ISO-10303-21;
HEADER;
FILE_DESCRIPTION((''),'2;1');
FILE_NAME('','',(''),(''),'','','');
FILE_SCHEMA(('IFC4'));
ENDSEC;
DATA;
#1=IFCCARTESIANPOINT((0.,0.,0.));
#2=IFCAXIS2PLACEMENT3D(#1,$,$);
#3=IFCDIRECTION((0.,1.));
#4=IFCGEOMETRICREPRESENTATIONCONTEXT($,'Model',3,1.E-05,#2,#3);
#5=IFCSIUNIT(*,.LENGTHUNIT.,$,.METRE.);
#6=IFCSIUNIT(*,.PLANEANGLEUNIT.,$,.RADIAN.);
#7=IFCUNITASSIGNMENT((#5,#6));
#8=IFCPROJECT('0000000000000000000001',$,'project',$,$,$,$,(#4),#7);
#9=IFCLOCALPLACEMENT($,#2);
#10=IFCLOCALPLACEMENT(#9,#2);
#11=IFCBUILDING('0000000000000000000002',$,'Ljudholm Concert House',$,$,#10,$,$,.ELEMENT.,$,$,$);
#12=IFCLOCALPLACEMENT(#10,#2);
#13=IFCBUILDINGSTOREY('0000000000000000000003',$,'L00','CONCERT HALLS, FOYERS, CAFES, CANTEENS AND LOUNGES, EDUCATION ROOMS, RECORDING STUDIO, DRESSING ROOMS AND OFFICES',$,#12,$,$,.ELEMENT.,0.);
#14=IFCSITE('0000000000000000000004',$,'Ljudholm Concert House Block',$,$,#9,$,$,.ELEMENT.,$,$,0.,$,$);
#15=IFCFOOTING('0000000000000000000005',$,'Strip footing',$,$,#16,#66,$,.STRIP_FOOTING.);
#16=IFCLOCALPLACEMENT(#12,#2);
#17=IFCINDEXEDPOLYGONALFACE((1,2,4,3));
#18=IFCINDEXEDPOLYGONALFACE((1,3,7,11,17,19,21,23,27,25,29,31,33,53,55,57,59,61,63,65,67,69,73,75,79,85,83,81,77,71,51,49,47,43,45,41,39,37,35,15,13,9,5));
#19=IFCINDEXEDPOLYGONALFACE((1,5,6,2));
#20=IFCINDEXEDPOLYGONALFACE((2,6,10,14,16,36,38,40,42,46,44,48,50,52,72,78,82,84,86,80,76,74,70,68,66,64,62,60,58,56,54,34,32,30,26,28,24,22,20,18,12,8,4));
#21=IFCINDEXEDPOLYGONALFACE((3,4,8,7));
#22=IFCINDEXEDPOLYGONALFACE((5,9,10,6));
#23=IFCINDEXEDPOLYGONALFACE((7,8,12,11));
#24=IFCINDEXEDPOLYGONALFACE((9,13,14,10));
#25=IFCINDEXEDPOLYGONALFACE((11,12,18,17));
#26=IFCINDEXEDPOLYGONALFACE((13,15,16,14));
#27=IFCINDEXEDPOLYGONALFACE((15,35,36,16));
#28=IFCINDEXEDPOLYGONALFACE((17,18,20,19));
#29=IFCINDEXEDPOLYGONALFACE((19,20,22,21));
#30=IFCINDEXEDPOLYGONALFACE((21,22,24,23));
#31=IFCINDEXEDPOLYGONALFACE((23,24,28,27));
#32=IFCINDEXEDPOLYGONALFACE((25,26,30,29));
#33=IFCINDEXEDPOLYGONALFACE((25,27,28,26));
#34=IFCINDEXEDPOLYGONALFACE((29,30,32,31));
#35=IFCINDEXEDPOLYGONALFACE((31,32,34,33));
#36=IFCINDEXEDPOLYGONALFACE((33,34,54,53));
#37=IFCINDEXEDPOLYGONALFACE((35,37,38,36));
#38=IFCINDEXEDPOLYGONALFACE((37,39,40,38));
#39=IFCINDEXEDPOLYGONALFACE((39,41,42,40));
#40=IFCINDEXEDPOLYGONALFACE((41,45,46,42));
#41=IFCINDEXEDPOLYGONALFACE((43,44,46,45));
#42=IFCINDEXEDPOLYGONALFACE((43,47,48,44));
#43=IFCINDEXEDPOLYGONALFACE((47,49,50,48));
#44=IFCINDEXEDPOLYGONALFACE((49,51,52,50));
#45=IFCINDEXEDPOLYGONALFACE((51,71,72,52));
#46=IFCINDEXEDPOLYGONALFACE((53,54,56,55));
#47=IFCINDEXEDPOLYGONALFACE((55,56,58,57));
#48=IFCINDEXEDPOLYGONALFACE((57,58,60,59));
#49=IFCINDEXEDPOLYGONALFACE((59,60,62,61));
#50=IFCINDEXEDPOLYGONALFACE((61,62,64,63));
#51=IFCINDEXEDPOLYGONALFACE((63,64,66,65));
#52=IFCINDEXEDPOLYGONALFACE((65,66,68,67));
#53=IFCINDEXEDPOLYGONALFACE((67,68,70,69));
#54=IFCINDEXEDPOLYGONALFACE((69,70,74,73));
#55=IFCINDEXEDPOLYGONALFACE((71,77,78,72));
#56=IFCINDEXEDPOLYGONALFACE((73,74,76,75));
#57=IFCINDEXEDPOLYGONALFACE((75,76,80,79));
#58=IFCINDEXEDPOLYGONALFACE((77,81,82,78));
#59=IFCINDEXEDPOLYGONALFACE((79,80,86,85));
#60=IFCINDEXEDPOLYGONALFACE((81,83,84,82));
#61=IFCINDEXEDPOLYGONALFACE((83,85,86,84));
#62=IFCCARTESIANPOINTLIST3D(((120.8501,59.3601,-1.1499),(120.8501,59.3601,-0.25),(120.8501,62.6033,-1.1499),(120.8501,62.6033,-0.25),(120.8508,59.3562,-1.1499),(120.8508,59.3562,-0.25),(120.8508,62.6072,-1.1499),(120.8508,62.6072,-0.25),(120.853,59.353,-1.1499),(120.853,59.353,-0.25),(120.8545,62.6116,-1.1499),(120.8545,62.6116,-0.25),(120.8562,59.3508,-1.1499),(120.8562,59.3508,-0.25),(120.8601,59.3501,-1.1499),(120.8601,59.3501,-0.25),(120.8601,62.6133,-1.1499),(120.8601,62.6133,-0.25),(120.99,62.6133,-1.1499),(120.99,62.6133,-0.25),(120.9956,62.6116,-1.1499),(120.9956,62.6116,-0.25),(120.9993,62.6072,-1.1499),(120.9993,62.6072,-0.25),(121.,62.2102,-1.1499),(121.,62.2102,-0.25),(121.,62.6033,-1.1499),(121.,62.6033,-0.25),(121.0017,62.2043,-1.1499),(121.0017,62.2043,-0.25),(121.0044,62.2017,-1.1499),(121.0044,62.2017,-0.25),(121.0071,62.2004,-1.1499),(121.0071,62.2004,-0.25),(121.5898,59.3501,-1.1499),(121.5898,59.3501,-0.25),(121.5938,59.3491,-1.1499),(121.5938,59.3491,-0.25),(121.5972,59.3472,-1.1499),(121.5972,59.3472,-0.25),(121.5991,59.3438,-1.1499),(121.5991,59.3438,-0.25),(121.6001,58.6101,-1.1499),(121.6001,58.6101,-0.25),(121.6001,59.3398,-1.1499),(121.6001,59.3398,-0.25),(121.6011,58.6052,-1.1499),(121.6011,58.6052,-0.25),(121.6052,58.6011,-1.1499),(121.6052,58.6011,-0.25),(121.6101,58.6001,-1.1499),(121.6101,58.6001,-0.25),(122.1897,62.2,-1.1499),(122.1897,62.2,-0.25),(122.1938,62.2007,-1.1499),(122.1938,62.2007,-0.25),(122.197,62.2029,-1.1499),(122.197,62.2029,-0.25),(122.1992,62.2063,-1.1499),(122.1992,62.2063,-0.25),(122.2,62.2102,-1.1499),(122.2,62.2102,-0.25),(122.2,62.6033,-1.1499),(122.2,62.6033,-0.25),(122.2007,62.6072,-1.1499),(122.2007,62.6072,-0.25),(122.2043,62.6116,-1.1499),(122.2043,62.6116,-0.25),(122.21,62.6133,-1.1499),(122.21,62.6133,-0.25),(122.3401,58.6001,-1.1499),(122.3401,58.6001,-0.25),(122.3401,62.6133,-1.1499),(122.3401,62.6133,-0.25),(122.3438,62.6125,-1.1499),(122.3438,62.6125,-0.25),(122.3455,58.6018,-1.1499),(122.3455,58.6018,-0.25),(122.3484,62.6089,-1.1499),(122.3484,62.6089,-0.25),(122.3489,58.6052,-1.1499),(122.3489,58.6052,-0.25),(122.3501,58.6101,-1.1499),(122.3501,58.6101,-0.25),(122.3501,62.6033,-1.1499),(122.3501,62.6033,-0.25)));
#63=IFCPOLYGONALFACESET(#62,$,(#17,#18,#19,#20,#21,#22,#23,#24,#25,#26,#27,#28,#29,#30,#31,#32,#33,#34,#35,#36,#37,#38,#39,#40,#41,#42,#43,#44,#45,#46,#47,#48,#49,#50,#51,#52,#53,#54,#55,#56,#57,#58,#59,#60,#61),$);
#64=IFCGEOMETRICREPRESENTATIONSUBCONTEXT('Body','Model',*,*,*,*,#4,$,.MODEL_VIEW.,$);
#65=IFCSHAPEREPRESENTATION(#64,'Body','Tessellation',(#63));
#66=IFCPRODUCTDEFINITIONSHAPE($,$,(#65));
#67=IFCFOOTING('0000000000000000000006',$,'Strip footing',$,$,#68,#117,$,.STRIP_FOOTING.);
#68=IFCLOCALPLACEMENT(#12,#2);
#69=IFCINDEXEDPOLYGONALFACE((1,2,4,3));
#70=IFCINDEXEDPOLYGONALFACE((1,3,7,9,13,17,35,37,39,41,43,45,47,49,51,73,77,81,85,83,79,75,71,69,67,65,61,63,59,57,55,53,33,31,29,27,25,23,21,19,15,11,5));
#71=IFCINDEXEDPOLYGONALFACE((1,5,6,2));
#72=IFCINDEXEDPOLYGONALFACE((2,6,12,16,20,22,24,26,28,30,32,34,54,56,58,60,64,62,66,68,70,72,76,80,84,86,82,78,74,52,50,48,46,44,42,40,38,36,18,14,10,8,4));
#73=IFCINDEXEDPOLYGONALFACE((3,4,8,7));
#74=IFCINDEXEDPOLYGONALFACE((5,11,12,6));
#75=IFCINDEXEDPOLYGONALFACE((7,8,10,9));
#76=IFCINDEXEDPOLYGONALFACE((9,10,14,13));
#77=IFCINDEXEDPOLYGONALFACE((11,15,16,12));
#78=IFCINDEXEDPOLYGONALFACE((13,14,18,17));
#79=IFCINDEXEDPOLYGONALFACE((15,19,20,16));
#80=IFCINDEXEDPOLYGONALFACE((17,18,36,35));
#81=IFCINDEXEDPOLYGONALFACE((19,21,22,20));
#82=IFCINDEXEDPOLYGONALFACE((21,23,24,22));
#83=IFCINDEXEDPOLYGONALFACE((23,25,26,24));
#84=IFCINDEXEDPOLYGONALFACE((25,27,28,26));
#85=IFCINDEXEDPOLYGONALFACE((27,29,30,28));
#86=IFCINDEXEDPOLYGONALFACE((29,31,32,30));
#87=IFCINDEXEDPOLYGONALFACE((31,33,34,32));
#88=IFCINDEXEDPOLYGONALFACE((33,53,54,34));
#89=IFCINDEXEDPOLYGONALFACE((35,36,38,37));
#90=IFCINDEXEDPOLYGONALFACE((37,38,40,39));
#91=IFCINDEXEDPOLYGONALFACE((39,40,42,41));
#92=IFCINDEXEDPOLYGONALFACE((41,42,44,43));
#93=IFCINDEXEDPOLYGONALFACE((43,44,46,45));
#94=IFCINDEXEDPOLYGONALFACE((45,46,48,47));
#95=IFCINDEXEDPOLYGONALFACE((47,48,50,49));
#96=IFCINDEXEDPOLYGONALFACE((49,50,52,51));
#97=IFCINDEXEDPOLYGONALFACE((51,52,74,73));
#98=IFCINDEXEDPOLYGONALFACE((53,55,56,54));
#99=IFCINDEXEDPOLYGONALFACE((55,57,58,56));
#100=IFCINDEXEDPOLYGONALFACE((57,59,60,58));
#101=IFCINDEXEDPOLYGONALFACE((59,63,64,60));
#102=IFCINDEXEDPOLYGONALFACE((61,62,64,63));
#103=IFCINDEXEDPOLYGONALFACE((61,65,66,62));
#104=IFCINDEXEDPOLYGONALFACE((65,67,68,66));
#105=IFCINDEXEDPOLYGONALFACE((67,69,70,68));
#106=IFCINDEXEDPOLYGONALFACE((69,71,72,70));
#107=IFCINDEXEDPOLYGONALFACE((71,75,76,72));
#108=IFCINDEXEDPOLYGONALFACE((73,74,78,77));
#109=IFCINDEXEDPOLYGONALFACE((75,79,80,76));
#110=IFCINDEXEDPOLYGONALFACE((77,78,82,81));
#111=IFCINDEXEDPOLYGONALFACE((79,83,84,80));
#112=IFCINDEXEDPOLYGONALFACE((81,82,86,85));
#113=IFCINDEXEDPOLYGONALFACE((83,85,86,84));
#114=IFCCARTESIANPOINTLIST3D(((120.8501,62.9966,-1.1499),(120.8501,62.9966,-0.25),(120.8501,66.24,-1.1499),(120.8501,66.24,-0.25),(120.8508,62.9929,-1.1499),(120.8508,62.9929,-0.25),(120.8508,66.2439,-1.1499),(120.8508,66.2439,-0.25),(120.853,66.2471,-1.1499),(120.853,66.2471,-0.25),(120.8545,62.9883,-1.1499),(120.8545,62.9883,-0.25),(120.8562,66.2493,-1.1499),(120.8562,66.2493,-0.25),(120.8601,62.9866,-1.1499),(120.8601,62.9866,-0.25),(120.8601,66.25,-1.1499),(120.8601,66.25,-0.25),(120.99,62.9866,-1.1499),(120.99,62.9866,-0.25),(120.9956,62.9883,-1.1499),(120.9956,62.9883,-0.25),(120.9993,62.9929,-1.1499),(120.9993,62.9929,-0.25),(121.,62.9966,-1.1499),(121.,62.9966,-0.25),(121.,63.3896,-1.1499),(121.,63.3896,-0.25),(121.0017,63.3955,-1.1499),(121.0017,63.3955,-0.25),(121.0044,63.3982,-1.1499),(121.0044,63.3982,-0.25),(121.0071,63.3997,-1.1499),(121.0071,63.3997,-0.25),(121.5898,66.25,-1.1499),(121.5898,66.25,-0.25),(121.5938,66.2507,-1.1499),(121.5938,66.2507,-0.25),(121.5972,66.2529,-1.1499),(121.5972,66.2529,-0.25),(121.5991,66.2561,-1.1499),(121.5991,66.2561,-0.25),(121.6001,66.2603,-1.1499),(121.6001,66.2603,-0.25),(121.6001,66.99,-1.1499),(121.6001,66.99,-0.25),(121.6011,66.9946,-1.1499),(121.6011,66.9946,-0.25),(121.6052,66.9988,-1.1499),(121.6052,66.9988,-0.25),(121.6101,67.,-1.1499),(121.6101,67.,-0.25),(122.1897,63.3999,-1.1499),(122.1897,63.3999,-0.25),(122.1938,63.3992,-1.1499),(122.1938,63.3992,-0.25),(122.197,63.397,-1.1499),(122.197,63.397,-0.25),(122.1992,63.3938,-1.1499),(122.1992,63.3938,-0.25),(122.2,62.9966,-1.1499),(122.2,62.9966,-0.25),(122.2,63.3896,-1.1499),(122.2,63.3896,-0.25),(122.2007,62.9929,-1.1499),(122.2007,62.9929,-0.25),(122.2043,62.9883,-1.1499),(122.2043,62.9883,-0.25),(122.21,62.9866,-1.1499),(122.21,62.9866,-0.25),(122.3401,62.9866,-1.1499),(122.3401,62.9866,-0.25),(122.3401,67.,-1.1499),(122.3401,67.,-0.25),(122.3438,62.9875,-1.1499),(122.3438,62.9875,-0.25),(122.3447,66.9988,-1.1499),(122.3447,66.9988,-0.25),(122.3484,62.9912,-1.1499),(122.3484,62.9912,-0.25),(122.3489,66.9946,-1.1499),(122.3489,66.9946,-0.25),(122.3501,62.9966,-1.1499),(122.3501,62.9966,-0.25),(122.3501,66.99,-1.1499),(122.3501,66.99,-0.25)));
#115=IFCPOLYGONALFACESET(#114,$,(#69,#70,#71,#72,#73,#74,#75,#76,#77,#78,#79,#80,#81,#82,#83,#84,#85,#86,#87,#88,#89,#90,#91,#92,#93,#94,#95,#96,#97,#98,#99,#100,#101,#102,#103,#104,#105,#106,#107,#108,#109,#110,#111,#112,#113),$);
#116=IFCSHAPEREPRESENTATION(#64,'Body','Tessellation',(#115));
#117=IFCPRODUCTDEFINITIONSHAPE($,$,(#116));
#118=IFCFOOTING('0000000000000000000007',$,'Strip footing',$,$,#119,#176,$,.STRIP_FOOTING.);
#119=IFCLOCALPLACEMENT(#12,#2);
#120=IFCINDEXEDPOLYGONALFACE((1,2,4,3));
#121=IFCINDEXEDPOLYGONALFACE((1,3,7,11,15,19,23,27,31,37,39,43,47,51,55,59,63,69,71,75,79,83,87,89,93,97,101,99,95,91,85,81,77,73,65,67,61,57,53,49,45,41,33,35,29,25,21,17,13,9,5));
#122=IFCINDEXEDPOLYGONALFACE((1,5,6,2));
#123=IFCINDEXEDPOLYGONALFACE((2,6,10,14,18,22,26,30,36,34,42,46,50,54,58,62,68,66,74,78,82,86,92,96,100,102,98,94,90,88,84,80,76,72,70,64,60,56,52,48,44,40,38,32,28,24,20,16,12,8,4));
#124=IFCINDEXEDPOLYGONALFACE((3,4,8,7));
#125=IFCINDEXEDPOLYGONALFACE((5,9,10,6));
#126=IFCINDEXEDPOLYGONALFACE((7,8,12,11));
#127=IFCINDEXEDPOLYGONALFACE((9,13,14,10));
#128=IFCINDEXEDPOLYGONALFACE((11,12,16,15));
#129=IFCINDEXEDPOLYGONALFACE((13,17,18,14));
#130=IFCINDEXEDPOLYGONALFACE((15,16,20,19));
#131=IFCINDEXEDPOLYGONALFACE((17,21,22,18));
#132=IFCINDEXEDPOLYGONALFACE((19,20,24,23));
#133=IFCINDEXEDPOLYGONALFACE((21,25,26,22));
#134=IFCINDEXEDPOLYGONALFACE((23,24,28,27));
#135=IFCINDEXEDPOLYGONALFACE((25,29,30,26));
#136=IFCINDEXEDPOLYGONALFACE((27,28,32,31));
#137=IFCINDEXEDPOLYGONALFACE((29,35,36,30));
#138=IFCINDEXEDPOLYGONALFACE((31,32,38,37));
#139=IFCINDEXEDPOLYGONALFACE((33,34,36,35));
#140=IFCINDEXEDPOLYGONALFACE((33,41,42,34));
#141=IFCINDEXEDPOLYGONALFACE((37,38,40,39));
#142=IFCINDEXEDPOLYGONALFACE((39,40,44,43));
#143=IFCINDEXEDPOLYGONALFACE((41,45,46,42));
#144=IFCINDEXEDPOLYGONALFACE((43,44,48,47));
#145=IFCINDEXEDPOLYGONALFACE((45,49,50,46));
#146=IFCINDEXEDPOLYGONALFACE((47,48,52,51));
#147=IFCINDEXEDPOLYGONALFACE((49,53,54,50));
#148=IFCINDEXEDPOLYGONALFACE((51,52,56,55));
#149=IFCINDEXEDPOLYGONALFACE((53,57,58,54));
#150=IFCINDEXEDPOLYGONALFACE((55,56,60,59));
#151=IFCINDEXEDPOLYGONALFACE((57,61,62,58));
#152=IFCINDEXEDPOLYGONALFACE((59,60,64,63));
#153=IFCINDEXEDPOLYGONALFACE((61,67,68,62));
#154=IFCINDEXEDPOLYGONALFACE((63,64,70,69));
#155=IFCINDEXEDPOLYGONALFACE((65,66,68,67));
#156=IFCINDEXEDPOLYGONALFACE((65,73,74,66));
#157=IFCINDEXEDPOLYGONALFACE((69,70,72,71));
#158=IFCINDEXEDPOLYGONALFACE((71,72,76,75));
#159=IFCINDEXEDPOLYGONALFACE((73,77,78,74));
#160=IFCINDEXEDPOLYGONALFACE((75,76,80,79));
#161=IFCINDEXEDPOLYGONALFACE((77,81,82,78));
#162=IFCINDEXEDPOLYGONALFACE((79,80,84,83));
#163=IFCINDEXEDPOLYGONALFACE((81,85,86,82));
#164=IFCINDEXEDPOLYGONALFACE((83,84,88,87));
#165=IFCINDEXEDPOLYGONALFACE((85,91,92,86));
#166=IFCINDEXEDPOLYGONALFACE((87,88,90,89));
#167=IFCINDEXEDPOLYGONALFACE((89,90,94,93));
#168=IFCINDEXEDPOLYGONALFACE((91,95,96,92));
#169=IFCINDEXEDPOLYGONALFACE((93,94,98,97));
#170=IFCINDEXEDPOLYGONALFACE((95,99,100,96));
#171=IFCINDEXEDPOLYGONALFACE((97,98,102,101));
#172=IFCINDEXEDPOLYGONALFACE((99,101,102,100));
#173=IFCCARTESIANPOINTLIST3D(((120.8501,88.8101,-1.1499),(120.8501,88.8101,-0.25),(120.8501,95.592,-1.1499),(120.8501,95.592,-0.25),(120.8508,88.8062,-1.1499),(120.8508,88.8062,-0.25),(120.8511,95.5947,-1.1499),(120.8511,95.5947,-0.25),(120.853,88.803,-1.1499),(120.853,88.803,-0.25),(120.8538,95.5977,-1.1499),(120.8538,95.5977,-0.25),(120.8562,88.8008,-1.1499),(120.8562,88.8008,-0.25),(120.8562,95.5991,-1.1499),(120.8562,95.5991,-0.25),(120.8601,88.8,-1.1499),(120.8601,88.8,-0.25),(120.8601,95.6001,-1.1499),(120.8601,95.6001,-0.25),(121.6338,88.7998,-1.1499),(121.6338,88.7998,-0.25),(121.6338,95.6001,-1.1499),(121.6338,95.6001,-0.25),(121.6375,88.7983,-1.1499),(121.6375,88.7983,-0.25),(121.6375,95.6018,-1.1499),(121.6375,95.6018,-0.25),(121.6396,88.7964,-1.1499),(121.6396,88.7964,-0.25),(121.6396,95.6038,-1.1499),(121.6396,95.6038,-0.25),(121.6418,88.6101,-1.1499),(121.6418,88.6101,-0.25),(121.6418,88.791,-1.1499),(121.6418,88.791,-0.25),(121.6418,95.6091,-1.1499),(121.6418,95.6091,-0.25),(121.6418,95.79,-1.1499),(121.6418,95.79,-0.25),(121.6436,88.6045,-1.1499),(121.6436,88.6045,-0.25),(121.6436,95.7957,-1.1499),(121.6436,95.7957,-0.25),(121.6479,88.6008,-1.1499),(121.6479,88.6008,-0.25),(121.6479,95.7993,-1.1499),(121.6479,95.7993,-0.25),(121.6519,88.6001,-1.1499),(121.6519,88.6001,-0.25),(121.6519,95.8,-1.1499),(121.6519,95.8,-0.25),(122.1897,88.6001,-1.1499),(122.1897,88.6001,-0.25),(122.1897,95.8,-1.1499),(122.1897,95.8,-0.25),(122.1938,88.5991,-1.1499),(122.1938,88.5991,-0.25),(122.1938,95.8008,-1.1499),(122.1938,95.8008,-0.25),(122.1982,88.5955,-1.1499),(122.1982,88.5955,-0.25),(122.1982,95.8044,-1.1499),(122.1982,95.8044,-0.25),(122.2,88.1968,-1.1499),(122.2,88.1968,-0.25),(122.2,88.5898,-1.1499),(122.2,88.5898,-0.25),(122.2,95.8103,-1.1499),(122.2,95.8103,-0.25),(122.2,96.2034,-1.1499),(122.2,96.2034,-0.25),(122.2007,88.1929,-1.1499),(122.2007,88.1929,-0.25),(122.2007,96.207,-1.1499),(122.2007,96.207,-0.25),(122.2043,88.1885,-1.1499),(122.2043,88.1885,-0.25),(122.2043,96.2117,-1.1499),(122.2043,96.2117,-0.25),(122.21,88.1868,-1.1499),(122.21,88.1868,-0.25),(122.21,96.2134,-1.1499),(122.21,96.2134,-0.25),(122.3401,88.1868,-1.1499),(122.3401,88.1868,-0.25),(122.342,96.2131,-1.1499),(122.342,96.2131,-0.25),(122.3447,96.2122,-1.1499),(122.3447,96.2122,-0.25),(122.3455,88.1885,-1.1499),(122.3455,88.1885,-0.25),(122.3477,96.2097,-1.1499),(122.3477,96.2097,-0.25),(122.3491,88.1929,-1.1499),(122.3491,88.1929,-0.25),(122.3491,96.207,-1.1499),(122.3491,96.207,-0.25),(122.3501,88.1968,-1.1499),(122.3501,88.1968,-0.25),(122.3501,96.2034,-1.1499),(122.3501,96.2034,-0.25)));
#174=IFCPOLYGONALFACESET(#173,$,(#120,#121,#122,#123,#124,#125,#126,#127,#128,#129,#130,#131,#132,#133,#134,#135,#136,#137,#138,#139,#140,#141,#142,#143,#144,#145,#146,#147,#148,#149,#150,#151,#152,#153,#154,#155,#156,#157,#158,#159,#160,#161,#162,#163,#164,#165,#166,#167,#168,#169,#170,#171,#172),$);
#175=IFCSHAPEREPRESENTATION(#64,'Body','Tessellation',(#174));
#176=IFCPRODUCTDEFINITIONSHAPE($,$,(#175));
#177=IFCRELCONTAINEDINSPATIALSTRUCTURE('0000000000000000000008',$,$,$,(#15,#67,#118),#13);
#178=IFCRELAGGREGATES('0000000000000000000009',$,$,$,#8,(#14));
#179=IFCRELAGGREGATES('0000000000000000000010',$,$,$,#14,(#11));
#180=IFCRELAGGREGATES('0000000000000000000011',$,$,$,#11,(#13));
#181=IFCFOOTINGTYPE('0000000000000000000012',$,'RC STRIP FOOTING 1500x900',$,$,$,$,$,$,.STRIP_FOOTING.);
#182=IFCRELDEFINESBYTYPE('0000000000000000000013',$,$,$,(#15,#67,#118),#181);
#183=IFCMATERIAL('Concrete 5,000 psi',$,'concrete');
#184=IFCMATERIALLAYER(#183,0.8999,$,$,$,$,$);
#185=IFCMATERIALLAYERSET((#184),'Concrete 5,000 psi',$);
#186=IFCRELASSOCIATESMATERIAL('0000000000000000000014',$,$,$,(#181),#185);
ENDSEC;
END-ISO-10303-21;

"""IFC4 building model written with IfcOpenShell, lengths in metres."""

from ifc_helpers import new_model, si_unit, direction, frame, origin, place, context, subcontext, project, spatial, polyline, outline, extrude, material, layer, layer_set, type_object, element, save


model = new_model("IFC4")

# Units and contexts
model_context = context("Model", 3, precision=1e-05, world=origin(), true_north=direction((0.0, 1.0)))
body_context = subcontext(model_context, "Body", "Model", "MODEL_VIEW")
ifc_project = project(units=[si_unit("LENGTHUNIT", "METRE"), si_unit("PLANEANGLEUNIT", "RADIAN")], contexts=[model_context])

# Site, building, storey
site_placement = place(None, origin())
site = spatial("IfcSite", under=ifc_project, at=site_placement, Name="Ljudholm Concert House Block", CompositionType="ELEMENT", RefElevation=0.0)
building_placement = place(site_placement, origin())
building = spatial("IfcBuilding", under=site, at=building_placement, Name="Ljudholm Concert House", CompositionType="ELEMENT")
storey_placement = place(building_placement, origin())
storey = spatial("IfcBuildingStorey", under=building, at=storey_placement, Name="L00", Description="CONCERT HALLS, FOYERS, CAFES, CANTEENS AND LOUNGES, EDUCATION ROOMS, RECORDING STUDIO, DRESSING ROOMS AND OFFICES", CompositionType="ELEMENT", Elevation=0.0)

# Footings
ifc_material_1 = material(Name="Concrete 5,000 psi", Category="concrete")
ifc_layer_1 = layer(ifc_material_1, 0.8999)
ifc_layer_set_1 = layer_set([ifc_layer_1], Name="Concrete 5,000 psi")
footing_type_1 = type_object("IfcFootingType", Name="RC STRIP FOOTING 1500x900", PredefinedType="STRIP_FOOTING", material=ifc_layer_set_1)
footing_1_placement = place(storey_placement, frame((0.0, 0.0, -1.1499)))
element("IfcFooting", 1, at=footing_1_placement, inside=storey, type_object=footing_type_1, Name="Strip footing", PredefinedType="STRIP_FOOTING", context=body_context, shape_type="SweptSolid", body=[
    extrude(outline(polyline([(120.8601, 59.3501), (121.5898, 59.3501), (121.5938, 59.3491), (121.5972, 59.3472), (121.5991, 59.3438), (121.6001, 59.3398), (121.6001, 58.6101), (121.6011, 58.6052), (121.6052, 58.6011), (121.6101, 58.6001), (122.3401, 58.6001), (122.3455, 58.6018), (122.3489, 58.6052), (122.3501, 58.6101), (122.3501, 62.6033), (122.3484, 62.6089), (122.3438, 62.6125), (122.3401, 62.6133), (122.21, 62.6133), (122.2043, 62.6116), (122.2007, 62.6072), (122.2, 62.6033), (122.2, 62.2102), (122.1992, 62.2063), (122.197, 62.2029), (122.1938, 62.2007), (122.1897, 62.2), (121.0071, 62.2004), (121.0044, 62.2017), (121.0017, 62.2043), (121.0, 62.2102), (121.0, 62.6033), (120.9993, 62.6072), (120.9956, 62.6116), (120.99, 62.6133), (120.8601, 62.6133), (120.8545, 62.6116), (120.8508, 62.6072), (120.8501, 62.6033), (120.8501, 59.3601), (120.8508, 59.3562), (120.853, 59.353), (120.8562, 59.3508), (120.8601, 59.3501)])), origin(), (0.0, 0.0, 1.0), 0.8999),
])
footing_2_placement = place(storey_placement, frame((0.0, 0.0, -1.1499)))
element("IfcFooting", 2, at=footing_2_placement, inside=storey, type_object=footing_type_1, Name="Strip footing", PredefinedType="STRIP_FOOTING", context=body_context, shape_type="SweptSolid", body=[
    extrude(outline(polyline([(120.8501, 66.24), (120.8501, 62.9966), (120.8508, 62.9929), (120.8545, 62.9883), (120.8601, 62.9866), (120.99, 62.9866), (120.9956, 62.9883), (120.9993, 62.9929), (121.0, 62.9966), (121.0, 63.3896), (121.0017, 63.3955), (121.0044, 63.3982), (121.0071, 63.3997), (122.1897, 63.3999), (122.1938, 63.3992), (122.197, 63.397), (122.1992, 63.3938), (122.2, 63.3896), (122.2, 62.9966), (122.2007, 62.9929), (122.2043, 62.9883), (122.21, 62.9866), (122.3401, 62.9866), (122.3438, 62.9875), (122.3484, 62.9912), (122.3501, 62.9966), (122.3501, 66.99), (122.3489, 66.9946), (122.3447, 66.9988), (122.3401, 67.0), (121.6101, 67.0), (121.6052, 66.9988), (121.6011, 66.9946), (121.6001, 66.99), (121.6001, 66.2603), (121.5991, 66.2561), (121.5972, 66.2529), (121.5938, 66.2507), (121.5898, 66.25), (120.8601, 66.25), (120.8562, 66.2493), (120.853, 66.2471), (120.8508, 66.2439), (120.8501, 66.24)])), origin(), (0.0, 0.0, 1.0), 0.8999),
])
footing_3_placement = place(storey_placement, frame((0.0, 0.0, -1.1499)))
element("IfcFooting", 3, at=footing_3_placement, inside=storey, type_object=footing_type_1, Name="Strip footing", PredefinedType="STRIP_FOOTING", context=body_context, shape_type="SweptSolid", body=[
    extrude(outline(polyline([(120.8601, 88.8), (121.6338, 88.7998), (121.6375, 88.7983), (121.6396, 88.7964), (121.6418, 88.791), (121.6418, 88.6101), (121.6436, 88.6045), (121.6479, 88.6008), (121.6519, 88.6001), (122.1897, 88.6001), (122.1938, 88.5991), (122.1982, 88.5955), (122.2, 88.5898), (122.2, 88.1968), (122.2007, 88.1929), (122.2043, 88.1885), (122.21, 88.1868), (122.3401, 88.1868), (122.3455, 88.1885), (122.3491, 88.1929), (122.3501, 88.1968), (122.3501, 96.2034), (122.3491, 96.207), (122.3477, 96.2097), (122.3447, 96.2122), (122.342, 96.2131), (122.21, 96.2134), (122.2043, 96.2117), (122.2007, 96.207), (122.2, 96.2034), (122.2, 95.8103), (122.1982, 95.8044), (122.1938, 95.8008), (122.1897, 95.8), (121.6519, 95.8), (121.6479, 95.7993), (121.6436, 95.7957), (121.6418, 95.79), (121.6418, 95.6091), (121.6396, 95.6038), (121.6375, 95.6018), (121.6338, 95.6001), (120.8601, 95.6001), (120.8562, 95.5991), (120.8538, 95.5977), (120.8511, 95.5947), (120.8501, 95.592), (120.8501, 88.8101), (120.8508, 88.8062), (120.853, 88.803), (120.8562, 88.8008), (120.8601, 88.8)])), origin(), (0.0, 0.0, 1.0), 0.8999),
])

save(model, "model.ifc")
